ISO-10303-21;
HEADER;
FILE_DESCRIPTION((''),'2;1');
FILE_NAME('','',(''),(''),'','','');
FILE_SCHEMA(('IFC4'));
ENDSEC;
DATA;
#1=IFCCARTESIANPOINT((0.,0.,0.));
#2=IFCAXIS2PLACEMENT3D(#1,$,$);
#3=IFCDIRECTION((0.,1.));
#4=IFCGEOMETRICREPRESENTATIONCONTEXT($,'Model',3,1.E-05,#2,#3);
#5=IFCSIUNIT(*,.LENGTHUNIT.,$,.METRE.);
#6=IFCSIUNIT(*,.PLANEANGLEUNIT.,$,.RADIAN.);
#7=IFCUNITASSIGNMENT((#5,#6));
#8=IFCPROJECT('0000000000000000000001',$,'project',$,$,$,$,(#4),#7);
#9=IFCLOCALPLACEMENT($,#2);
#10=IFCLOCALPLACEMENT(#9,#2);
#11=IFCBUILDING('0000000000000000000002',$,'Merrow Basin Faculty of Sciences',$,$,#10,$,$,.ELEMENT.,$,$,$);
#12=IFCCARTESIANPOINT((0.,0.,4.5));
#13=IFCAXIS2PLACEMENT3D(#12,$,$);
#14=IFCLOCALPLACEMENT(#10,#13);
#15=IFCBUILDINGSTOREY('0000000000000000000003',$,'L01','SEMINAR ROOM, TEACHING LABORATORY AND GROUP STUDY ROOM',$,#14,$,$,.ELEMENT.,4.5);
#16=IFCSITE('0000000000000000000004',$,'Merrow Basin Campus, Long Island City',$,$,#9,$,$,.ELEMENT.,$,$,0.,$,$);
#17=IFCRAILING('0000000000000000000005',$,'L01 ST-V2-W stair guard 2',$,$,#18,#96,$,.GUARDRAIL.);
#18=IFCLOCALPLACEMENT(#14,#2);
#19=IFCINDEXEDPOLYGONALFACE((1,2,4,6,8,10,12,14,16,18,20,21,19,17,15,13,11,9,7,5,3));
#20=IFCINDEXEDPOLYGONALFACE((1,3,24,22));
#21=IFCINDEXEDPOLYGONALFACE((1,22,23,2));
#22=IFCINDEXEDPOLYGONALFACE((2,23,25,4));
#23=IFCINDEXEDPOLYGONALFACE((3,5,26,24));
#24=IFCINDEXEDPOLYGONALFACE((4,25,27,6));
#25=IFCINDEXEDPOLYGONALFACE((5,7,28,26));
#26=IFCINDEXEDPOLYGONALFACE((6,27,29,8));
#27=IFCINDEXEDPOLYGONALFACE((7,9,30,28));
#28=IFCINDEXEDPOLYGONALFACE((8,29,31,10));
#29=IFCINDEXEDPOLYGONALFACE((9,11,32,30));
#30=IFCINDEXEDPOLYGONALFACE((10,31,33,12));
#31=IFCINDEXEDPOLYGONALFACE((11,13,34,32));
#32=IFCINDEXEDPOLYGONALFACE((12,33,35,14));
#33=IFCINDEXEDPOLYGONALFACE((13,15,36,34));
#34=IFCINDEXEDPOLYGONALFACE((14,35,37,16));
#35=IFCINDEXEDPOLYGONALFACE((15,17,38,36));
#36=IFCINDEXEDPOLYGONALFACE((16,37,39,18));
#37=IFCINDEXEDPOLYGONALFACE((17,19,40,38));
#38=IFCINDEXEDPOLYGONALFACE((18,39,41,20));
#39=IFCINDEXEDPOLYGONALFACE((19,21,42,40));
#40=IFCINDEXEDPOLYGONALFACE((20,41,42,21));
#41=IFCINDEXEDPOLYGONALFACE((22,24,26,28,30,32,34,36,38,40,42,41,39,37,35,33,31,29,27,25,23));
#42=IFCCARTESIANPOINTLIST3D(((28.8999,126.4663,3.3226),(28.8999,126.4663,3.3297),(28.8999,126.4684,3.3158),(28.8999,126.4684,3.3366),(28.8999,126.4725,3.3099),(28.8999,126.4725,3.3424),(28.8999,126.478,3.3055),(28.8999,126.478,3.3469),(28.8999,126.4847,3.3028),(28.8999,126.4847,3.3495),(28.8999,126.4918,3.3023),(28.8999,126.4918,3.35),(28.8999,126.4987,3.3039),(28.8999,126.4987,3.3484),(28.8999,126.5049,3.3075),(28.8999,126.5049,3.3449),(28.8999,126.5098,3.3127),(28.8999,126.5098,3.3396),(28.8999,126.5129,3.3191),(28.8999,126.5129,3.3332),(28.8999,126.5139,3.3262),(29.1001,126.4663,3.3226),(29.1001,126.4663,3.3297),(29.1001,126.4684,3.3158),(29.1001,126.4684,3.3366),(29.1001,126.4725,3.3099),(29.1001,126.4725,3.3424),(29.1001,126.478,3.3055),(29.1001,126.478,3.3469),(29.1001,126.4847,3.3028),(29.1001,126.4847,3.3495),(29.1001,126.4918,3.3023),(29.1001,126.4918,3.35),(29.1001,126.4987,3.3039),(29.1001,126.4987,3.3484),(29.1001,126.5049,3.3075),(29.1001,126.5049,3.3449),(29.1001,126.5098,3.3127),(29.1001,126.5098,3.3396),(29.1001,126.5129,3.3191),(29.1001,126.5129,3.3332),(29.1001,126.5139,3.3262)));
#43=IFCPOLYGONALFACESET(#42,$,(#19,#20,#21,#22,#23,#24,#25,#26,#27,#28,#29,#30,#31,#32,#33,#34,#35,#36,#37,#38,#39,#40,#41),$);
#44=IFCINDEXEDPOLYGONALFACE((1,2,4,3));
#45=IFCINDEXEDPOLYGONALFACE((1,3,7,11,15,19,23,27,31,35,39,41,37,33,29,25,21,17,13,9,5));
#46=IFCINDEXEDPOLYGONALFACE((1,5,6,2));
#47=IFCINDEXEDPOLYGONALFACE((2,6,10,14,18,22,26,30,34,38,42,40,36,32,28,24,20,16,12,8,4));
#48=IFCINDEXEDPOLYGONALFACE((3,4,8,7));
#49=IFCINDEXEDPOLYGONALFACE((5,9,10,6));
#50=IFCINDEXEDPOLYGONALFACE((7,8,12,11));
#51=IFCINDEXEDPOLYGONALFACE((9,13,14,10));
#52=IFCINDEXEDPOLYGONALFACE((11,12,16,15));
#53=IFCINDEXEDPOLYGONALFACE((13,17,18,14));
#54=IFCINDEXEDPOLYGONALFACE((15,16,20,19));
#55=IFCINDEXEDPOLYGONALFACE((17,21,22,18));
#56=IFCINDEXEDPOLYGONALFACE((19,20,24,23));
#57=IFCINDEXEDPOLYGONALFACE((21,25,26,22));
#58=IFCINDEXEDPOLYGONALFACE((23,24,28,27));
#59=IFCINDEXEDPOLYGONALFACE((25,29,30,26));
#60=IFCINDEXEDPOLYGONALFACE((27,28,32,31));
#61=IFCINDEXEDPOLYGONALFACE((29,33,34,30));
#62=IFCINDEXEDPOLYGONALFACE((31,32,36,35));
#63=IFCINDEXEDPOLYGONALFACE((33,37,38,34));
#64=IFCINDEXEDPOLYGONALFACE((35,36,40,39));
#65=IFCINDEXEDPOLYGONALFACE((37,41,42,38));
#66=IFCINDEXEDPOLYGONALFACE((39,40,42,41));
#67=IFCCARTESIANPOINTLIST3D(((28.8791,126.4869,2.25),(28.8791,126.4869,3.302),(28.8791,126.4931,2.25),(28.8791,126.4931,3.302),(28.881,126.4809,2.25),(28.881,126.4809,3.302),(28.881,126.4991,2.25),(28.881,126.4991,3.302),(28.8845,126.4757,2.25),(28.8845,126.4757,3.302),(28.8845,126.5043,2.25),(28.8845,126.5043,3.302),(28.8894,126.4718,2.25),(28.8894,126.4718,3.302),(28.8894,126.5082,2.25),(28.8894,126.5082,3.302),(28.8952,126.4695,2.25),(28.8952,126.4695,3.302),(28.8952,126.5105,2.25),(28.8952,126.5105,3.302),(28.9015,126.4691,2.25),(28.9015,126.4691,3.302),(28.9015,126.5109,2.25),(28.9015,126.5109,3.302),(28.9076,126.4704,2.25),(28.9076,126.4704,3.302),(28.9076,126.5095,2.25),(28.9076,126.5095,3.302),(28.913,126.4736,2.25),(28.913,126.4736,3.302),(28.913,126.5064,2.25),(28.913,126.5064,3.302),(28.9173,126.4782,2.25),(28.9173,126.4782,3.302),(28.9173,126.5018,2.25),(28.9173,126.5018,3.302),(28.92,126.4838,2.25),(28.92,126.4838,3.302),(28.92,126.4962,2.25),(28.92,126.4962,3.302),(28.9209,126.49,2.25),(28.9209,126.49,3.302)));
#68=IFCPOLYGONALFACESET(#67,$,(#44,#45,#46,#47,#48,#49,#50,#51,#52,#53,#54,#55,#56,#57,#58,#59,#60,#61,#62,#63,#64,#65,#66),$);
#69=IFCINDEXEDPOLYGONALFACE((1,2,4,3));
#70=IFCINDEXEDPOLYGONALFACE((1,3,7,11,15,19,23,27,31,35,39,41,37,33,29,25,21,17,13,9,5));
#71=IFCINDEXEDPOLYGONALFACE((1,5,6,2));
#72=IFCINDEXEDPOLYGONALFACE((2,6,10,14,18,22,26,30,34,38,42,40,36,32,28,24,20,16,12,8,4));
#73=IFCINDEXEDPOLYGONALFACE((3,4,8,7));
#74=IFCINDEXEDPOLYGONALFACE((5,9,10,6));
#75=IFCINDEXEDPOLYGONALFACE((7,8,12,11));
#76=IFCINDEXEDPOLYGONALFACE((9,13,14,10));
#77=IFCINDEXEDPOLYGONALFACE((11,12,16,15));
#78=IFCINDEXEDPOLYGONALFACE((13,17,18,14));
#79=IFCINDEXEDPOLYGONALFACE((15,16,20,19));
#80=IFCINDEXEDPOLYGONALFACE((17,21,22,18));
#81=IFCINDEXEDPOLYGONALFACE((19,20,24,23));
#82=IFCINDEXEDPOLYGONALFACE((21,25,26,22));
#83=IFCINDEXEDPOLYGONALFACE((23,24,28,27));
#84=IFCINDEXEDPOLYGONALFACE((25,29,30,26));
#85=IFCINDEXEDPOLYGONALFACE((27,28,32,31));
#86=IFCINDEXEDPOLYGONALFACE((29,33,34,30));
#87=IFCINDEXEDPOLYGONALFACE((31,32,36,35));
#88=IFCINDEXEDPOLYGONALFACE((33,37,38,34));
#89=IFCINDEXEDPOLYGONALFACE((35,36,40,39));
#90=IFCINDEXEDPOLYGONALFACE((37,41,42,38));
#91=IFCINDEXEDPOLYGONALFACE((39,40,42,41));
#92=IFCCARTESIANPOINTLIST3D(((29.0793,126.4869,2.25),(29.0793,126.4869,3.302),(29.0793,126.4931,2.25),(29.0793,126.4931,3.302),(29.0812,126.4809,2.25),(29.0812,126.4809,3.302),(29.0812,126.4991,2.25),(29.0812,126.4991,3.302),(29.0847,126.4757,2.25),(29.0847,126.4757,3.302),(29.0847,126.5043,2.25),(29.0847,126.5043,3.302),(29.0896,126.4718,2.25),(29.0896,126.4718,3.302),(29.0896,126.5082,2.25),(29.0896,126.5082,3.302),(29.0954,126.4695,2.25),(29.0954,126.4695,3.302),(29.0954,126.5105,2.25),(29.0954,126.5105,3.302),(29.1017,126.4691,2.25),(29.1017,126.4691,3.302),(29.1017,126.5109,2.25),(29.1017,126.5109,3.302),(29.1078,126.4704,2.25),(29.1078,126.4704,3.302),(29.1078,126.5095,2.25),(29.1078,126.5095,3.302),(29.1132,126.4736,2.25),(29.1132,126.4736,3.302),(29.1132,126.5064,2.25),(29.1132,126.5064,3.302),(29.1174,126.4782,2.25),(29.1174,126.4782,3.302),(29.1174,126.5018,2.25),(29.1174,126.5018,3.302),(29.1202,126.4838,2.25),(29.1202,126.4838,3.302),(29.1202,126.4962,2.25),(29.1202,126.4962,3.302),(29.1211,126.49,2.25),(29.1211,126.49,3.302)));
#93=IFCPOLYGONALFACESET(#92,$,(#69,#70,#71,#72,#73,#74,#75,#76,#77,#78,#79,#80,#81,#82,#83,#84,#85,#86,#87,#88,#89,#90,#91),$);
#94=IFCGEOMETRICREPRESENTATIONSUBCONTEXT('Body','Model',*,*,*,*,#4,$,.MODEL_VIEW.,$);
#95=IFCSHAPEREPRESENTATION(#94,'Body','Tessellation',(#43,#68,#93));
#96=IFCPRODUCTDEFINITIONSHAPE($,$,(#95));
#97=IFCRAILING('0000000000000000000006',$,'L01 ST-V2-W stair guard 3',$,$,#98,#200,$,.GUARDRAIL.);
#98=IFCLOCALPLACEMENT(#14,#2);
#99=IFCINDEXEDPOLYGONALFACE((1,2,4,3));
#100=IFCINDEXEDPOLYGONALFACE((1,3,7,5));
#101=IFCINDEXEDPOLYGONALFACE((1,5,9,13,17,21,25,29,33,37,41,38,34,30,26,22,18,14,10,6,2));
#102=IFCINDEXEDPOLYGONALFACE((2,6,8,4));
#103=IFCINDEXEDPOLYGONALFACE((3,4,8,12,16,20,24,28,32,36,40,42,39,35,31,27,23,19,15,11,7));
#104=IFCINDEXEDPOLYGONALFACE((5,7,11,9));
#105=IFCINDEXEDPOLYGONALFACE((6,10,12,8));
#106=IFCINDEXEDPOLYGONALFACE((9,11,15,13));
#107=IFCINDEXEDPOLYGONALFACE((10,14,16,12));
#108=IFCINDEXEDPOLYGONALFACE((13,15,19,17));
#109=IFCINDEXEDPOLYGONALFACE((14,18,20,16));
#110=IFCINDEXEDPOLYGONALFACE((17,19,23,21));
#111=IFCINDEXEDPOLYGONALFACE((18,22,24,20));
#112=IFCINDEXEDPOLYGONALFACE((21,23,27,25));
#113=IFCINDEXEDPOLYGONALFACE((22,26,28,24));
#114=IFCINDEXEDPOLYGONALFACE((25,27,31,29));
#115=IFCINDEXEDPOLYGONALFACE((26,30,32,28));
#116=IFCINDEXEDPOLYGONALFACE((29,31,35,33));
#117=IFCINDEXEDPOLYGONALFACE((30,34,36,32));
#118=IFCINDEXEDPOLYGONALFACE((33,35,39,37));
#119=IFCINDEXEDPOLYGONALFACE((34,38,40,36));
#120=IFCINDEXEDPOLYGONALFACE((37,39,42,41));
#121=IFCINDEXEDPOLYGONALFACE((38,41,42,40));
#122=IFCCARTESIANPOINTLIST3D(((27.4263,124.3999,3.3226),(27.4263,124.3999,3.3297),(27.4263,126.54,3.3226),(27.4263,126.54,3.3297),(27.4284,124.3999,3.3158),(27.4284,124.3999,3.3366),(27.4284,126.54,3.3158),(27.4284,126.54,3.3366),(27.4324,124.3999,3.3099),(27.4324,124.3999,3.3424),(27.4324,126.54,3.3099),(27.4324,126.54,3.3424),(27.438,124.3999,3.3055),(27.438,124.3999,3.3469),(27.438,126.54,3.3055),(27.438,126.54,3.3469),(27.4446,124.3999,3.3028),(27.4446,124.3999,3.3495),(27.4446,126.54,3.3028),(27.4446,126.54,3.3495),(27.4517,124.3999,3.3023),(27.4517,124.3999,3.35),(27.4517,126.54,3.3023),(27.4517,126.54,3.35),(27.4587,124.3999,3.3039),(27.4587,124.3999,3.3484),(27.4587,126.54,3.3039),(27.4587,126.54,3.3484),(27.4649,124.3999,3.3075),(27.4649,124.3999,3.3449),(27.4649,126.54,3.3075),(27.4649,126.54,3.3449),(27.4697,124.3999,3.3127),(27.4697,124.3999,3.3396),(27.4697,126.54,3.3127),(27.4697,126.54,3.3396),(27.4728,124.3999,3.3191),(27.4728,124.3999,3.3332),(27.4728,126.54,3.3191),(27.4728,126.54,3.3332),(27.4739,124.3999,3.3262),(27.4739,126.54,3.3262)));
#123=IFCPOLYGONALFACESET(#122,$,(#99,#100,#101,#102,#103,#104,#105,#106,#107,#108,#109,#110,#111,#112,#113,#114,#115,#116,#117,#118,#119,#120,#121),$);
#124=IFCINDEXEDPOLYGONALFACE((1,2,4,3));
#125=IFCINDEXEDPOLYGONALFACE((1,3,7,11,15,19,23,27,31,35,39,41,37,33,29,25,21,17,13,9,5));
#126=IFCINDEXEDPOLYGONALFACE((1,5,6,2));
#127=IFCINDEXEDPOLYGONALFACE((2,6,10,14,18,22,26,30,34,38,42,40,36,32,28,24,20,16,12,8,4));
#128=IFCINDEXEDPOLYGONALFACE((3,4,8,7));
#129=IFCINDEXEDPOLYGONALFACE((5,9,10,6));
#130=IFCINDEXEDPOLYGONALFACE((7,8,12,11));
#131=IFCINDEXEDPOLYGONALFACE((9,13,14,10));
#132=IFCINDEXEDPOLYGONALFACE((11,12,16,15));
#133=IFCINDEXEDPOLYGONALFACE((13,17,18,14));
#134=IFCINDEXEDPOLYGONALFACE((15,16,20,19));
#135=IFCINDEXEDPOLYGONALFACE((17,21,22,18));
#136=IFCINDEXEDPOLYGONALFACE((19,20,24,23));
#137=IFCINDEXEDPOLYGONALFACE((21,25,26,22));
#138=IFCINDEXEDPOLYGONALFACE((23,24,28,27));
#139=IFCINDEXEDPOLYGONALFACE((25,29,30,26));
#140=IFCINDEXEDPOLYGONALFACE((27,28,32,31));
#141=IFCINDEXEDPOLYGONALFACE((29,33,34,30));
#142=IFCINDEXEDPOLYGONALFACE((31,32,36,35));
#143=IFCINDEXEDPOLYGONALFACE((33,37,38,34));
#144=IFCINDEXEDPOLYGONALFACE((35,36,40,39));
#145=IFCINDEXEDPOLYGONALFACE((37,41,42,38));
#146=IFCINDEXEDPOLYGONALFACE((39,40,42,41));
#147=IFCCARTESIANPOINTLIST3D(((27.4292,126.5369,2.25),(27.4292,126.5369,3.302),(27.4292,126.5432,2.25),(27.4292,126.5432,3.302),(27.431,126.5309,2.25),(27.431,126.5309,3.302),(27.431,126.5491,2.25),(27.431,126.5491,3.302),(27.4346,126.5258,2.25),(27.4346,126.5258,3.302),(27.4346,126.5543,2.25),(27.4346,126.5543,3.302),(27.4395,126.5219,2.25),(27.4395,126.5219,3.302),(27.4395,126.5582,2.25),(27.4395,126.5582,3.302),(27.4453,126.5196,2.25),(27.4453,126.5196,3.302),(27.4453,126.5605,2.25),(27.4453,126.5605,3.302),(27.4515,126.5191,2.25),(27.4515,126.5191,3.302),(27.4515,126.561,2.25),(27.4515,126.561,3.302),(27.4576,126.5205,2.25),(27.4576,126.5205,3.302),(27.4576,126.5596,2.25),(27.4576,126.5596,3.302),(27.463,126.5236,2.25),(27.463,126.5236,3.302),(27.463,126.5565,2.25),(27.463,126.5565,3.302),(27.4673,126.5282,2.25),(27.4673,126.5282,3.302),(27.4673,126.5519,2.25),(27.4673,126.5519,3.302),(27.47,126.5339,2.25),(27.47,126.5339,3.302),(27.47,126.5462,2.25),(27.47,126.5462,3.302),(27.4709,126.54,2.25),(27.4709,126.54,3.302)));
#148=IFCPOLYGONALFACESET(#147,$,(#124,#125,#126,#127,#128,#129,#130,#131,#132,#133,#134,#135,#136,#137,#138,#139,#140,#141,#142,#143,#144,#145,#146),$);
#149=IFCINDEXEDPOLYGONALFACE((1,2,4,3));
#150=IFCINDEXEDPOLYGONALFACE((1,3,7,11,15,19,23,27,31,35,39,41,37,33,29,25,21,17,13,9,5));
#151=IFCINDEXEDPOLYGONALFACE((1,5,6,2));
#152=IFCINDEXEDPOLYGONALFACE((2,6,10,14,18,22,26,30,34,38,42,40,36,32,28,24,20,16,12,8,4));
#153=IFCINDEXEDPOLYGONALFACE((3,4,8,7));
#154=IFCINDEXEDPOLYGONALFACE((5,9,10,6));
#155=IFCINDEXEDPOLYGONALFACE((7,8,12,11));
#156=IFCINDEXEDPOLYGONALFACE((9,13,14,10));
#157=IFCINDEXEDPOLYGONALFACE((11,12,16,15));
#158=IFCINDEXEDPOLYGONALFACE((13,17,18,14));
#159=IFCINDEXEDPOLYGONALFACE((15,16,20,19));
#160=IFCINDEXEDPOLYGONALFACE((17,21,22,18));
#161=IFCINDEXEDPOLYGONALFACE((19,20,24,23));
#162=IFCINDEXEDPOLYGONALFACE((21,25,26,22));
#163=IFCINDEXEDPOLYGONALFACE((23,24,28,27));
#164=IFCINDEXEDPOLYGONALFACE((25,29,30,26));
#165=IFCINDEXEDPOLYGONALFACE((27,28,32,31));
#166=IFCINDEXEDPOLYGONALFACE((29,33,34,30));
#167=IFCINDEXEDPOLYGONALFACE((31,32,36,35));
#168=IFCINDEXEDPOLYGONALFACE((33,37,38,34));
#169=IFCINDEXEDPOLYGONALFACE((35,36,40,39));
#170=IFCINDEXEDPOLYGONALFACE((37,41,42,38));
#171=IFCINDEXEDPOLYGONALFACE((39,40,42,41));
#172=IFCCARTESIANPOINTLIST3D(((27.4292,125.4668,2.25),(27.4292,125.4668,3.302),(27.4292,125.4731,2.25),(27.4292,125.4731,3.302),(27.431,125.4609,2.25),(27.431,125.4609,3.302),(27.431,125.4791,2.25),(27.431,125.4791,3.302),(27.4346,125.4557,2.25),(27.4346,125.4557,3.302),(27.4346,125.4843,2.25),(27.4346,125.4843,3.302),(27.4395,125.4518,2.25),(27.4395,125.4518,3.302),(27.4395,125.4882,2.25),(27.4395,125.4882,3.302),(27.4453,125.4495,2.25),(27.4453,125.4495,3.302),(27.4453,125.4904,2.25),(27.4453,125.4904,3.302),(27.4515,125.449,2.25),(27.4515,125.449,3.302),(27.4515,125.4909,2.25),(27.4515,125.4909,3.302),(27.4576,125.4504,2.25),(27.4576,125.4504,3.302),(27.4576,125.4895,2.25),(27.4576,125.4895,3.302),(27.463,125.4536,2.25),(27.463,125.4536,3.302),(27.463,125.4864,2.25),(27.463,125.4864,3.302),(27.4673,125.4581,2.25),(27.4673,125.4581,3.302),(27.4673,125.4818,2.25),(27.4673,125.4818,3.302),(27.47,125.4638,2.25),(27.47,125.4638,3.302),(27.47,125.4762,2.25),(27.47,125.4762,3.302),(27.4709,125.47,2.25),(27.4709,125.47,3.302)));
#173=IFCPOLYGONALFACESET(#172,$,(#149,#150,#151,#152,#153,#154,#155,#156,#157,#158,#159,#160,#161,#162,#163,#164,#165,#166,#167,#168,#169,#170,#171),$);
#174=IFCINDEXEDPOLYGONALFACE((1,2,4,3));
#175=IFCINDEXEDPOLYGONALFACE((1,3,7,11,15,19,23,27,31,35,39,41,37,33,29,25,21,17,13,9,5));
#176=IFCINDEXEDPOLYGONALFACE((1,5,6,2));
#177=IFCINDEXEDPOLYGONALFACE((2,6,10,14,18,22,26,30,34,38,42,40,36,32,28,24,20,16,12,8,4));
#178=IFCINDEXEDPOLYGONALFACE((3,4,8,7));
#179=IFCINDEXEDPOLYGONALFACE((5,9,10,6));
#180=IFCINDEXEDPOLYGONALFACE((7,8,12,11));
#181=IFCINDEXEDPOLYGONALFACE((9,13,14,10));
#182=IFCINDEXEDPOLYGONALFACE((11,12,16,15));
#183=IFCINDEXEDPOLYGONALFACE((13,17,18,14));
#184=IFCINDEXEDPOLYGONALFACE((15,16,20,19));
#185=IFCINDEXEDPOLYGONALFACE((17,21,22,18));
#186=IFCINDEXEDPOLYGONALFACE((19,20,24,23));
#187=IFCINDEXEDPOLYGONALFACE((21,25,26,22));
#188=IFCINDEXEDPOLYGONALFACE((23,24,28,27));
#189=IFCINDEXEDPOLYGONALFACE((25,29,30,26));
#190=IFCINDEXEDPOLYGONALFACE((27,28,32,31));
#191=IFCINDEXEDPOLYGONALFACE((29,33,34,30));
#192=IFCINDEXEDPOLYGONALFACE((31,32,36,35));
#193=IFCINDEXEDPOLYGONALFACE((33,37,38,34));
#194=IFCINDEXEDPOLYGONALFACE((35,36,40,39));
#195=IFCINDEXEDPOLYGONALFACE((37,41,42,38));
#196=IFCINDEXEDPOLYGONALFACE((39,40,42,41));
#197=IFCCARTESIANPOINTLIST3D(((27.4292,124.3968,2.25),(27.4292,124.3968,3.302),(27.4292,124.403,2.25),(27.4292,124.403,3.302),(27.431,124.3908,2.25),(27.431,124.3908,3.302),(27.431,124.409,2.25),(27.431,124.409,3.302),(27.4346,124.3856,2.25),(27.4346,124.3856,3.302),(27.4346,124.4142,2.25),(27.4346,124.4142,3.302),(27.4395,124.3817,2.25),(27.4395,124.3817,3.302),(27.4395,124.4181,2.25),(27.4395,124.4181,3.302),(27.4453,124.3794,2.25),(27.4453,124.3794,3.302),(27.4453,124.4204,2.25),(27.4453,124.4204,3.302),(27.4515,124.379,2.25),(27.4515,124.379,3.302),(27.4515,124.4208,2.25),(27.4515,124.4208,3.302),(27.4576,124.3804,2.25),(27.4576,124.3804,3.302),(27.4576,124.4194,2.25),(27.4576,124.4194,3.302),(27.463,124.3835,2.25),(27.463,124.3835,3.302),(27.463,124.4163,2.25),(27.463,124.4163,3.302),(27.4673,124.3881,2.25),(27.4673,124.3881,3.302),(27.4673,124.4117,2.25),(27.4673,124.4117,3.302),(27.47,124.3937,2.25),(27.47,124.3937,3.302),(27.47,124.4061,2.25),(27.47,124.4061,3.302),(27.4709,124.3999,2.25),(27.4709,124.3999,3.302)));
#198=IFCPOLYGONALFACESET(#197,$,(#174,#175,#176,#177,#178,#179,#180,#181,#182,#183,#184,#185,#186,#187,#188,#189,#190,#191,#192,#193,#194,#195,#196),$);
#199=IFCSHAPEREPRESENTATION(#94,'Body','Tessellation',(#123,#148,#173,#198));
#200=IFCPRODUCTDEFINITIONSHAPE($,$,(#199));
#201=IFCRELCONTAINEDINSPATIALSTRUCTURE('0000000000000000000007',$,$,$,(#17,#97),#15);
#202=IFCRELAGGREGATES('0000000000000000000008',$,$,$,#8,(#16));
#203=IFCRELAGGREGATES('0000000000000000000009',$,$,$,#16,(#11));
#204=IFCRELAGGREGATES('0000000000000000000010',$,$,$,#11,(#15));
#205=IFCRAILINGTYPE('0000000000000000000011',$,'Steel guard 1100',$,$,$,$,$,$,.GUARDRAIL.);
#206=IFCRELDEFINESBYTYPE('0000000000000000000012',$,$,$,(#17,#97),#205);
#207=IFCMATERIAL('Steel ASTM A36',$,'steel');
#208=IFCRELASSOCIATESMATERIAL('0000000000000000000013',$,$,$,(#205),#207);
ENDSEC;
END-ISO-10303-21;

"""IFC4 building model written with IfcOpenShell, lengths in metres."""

from ifc_helpers import new_model, si_unit, direction, frame, origin, origin_2d, place, context, subcontext, project, spatial, circle, extrude, material, type_object, element, save


model = new_model("IFC4")

# Units and contexts
model_context = context("Model", 3, precision=1e-05, world=origin(), true_north=direction((0.0, 1.0)))
body_context = subcontext(model_context, "Body", "Model", "MODEL_VIEW")
ifc_project = project(units=[si_unit("LENGTHUNIT", "METRE"), si_unit("PLANEANGLEUNIT", "RADIAN")], contexts=[model_context])

# Site, building, storey
site_placement = place(None, origin())
site = spatial("IfcSite", under=ifc_project, at=site_placement, Name="Merrow Basin Campus, Long Island City", CompositionType="ELEMENT", RefElevation=0.0)
building_placement = place(site_placement, origin())
building = spatial("IfcBuilding", under=site, at=building_placement, Name="Merrow Basin Faculty of Sciences", CompositionType="ELEMENT")
storey_placement = place(building_placement, frame((0.0, 0.0, 4.5)))
storey = spatial("IfcBuildingStorey", under=building, at=storey_placement, Name="L01", Description="SEMINAR ROOM, TEACHING LABORATORY AND GROUP STUDY ROOM", CompositionType="ELEMENT", Elevation=4.5)

# Railings
ifc_material_1 = material(Name="Steel ASTM A36", Category="steel")
railing_type_1 = type_object("IfcRailingType", Name="Steel guard 1100", PredefinedType="GUARDRAIL", material=ifc_material_1)
railing_1_placement = place(storey_placement, frame((28.8999, 126.49, 2.25)))
element("IfcRailing", 1, at=railing_1_placement, inside=storey, type_object=railing_type_1, Name="L01 ST-V2-W stair guard 2", PredefinedType="GUARDRAIL", context=body_context, shape_type="SweptSolid", body=[
    extrude(circle(Radius=0.0239, at=origin_2d()), frame((0.0, 0.0, 1.0762), z_axis=(1.0, 0.0, 0.0), x_axis=(0.0, 1.0, 0.0)), (0.0, 0.0, 1.0), 0.2002),
    extrude(circle(Radius=0.021, at=origin_2d()), origin(), (0.0, 0.0, 1.0), 1.052),
    extrude(circle(Radius=0.021, at=origin_2d()), frame((0.2002, 0.0, 0.0)), (0.0, 0.0, 1.0), 1.052),
])
railing_2_placement = place(storey_placement, frame((27.45, 126.54, 2.25)))
element("IfcRailing", 2, at=railing_2_placement, inside=storey, type_object=railing_type_1, Name="L01 ST-V2-W stair guard 3", PredefinedType="GUARDRAIL", context=body_context, shape_type="SweptSolid", body=[
    extrude(circle(Radius=0.0239, at=origin_2d()), frame((0.0, 0.0, 1.0762), z_axis=(0.0, -1.0, 0.0), x_axis=(1.0, 0.0, 0.0)), (0.0, 0.0, 1.0), 2.1401),
    extrude(circle(Radius=0.021, at=origin_2d()), origin(), (0.0, 0.0, 1.0), 1.052),
    extrude(circle(Radius=0.021, at=origin_2d()), frame((0.0, -1.0701, 0.0)), (0.0, 0.0, 1.0), 1.052),
    extrude(circle(Radius=0.021, at=origin_2d()), frame((0.0, -2.1401, 0.0)), (0.0, 0.0, 1.0), 1.052),
])

save(model, "model.ifc")
